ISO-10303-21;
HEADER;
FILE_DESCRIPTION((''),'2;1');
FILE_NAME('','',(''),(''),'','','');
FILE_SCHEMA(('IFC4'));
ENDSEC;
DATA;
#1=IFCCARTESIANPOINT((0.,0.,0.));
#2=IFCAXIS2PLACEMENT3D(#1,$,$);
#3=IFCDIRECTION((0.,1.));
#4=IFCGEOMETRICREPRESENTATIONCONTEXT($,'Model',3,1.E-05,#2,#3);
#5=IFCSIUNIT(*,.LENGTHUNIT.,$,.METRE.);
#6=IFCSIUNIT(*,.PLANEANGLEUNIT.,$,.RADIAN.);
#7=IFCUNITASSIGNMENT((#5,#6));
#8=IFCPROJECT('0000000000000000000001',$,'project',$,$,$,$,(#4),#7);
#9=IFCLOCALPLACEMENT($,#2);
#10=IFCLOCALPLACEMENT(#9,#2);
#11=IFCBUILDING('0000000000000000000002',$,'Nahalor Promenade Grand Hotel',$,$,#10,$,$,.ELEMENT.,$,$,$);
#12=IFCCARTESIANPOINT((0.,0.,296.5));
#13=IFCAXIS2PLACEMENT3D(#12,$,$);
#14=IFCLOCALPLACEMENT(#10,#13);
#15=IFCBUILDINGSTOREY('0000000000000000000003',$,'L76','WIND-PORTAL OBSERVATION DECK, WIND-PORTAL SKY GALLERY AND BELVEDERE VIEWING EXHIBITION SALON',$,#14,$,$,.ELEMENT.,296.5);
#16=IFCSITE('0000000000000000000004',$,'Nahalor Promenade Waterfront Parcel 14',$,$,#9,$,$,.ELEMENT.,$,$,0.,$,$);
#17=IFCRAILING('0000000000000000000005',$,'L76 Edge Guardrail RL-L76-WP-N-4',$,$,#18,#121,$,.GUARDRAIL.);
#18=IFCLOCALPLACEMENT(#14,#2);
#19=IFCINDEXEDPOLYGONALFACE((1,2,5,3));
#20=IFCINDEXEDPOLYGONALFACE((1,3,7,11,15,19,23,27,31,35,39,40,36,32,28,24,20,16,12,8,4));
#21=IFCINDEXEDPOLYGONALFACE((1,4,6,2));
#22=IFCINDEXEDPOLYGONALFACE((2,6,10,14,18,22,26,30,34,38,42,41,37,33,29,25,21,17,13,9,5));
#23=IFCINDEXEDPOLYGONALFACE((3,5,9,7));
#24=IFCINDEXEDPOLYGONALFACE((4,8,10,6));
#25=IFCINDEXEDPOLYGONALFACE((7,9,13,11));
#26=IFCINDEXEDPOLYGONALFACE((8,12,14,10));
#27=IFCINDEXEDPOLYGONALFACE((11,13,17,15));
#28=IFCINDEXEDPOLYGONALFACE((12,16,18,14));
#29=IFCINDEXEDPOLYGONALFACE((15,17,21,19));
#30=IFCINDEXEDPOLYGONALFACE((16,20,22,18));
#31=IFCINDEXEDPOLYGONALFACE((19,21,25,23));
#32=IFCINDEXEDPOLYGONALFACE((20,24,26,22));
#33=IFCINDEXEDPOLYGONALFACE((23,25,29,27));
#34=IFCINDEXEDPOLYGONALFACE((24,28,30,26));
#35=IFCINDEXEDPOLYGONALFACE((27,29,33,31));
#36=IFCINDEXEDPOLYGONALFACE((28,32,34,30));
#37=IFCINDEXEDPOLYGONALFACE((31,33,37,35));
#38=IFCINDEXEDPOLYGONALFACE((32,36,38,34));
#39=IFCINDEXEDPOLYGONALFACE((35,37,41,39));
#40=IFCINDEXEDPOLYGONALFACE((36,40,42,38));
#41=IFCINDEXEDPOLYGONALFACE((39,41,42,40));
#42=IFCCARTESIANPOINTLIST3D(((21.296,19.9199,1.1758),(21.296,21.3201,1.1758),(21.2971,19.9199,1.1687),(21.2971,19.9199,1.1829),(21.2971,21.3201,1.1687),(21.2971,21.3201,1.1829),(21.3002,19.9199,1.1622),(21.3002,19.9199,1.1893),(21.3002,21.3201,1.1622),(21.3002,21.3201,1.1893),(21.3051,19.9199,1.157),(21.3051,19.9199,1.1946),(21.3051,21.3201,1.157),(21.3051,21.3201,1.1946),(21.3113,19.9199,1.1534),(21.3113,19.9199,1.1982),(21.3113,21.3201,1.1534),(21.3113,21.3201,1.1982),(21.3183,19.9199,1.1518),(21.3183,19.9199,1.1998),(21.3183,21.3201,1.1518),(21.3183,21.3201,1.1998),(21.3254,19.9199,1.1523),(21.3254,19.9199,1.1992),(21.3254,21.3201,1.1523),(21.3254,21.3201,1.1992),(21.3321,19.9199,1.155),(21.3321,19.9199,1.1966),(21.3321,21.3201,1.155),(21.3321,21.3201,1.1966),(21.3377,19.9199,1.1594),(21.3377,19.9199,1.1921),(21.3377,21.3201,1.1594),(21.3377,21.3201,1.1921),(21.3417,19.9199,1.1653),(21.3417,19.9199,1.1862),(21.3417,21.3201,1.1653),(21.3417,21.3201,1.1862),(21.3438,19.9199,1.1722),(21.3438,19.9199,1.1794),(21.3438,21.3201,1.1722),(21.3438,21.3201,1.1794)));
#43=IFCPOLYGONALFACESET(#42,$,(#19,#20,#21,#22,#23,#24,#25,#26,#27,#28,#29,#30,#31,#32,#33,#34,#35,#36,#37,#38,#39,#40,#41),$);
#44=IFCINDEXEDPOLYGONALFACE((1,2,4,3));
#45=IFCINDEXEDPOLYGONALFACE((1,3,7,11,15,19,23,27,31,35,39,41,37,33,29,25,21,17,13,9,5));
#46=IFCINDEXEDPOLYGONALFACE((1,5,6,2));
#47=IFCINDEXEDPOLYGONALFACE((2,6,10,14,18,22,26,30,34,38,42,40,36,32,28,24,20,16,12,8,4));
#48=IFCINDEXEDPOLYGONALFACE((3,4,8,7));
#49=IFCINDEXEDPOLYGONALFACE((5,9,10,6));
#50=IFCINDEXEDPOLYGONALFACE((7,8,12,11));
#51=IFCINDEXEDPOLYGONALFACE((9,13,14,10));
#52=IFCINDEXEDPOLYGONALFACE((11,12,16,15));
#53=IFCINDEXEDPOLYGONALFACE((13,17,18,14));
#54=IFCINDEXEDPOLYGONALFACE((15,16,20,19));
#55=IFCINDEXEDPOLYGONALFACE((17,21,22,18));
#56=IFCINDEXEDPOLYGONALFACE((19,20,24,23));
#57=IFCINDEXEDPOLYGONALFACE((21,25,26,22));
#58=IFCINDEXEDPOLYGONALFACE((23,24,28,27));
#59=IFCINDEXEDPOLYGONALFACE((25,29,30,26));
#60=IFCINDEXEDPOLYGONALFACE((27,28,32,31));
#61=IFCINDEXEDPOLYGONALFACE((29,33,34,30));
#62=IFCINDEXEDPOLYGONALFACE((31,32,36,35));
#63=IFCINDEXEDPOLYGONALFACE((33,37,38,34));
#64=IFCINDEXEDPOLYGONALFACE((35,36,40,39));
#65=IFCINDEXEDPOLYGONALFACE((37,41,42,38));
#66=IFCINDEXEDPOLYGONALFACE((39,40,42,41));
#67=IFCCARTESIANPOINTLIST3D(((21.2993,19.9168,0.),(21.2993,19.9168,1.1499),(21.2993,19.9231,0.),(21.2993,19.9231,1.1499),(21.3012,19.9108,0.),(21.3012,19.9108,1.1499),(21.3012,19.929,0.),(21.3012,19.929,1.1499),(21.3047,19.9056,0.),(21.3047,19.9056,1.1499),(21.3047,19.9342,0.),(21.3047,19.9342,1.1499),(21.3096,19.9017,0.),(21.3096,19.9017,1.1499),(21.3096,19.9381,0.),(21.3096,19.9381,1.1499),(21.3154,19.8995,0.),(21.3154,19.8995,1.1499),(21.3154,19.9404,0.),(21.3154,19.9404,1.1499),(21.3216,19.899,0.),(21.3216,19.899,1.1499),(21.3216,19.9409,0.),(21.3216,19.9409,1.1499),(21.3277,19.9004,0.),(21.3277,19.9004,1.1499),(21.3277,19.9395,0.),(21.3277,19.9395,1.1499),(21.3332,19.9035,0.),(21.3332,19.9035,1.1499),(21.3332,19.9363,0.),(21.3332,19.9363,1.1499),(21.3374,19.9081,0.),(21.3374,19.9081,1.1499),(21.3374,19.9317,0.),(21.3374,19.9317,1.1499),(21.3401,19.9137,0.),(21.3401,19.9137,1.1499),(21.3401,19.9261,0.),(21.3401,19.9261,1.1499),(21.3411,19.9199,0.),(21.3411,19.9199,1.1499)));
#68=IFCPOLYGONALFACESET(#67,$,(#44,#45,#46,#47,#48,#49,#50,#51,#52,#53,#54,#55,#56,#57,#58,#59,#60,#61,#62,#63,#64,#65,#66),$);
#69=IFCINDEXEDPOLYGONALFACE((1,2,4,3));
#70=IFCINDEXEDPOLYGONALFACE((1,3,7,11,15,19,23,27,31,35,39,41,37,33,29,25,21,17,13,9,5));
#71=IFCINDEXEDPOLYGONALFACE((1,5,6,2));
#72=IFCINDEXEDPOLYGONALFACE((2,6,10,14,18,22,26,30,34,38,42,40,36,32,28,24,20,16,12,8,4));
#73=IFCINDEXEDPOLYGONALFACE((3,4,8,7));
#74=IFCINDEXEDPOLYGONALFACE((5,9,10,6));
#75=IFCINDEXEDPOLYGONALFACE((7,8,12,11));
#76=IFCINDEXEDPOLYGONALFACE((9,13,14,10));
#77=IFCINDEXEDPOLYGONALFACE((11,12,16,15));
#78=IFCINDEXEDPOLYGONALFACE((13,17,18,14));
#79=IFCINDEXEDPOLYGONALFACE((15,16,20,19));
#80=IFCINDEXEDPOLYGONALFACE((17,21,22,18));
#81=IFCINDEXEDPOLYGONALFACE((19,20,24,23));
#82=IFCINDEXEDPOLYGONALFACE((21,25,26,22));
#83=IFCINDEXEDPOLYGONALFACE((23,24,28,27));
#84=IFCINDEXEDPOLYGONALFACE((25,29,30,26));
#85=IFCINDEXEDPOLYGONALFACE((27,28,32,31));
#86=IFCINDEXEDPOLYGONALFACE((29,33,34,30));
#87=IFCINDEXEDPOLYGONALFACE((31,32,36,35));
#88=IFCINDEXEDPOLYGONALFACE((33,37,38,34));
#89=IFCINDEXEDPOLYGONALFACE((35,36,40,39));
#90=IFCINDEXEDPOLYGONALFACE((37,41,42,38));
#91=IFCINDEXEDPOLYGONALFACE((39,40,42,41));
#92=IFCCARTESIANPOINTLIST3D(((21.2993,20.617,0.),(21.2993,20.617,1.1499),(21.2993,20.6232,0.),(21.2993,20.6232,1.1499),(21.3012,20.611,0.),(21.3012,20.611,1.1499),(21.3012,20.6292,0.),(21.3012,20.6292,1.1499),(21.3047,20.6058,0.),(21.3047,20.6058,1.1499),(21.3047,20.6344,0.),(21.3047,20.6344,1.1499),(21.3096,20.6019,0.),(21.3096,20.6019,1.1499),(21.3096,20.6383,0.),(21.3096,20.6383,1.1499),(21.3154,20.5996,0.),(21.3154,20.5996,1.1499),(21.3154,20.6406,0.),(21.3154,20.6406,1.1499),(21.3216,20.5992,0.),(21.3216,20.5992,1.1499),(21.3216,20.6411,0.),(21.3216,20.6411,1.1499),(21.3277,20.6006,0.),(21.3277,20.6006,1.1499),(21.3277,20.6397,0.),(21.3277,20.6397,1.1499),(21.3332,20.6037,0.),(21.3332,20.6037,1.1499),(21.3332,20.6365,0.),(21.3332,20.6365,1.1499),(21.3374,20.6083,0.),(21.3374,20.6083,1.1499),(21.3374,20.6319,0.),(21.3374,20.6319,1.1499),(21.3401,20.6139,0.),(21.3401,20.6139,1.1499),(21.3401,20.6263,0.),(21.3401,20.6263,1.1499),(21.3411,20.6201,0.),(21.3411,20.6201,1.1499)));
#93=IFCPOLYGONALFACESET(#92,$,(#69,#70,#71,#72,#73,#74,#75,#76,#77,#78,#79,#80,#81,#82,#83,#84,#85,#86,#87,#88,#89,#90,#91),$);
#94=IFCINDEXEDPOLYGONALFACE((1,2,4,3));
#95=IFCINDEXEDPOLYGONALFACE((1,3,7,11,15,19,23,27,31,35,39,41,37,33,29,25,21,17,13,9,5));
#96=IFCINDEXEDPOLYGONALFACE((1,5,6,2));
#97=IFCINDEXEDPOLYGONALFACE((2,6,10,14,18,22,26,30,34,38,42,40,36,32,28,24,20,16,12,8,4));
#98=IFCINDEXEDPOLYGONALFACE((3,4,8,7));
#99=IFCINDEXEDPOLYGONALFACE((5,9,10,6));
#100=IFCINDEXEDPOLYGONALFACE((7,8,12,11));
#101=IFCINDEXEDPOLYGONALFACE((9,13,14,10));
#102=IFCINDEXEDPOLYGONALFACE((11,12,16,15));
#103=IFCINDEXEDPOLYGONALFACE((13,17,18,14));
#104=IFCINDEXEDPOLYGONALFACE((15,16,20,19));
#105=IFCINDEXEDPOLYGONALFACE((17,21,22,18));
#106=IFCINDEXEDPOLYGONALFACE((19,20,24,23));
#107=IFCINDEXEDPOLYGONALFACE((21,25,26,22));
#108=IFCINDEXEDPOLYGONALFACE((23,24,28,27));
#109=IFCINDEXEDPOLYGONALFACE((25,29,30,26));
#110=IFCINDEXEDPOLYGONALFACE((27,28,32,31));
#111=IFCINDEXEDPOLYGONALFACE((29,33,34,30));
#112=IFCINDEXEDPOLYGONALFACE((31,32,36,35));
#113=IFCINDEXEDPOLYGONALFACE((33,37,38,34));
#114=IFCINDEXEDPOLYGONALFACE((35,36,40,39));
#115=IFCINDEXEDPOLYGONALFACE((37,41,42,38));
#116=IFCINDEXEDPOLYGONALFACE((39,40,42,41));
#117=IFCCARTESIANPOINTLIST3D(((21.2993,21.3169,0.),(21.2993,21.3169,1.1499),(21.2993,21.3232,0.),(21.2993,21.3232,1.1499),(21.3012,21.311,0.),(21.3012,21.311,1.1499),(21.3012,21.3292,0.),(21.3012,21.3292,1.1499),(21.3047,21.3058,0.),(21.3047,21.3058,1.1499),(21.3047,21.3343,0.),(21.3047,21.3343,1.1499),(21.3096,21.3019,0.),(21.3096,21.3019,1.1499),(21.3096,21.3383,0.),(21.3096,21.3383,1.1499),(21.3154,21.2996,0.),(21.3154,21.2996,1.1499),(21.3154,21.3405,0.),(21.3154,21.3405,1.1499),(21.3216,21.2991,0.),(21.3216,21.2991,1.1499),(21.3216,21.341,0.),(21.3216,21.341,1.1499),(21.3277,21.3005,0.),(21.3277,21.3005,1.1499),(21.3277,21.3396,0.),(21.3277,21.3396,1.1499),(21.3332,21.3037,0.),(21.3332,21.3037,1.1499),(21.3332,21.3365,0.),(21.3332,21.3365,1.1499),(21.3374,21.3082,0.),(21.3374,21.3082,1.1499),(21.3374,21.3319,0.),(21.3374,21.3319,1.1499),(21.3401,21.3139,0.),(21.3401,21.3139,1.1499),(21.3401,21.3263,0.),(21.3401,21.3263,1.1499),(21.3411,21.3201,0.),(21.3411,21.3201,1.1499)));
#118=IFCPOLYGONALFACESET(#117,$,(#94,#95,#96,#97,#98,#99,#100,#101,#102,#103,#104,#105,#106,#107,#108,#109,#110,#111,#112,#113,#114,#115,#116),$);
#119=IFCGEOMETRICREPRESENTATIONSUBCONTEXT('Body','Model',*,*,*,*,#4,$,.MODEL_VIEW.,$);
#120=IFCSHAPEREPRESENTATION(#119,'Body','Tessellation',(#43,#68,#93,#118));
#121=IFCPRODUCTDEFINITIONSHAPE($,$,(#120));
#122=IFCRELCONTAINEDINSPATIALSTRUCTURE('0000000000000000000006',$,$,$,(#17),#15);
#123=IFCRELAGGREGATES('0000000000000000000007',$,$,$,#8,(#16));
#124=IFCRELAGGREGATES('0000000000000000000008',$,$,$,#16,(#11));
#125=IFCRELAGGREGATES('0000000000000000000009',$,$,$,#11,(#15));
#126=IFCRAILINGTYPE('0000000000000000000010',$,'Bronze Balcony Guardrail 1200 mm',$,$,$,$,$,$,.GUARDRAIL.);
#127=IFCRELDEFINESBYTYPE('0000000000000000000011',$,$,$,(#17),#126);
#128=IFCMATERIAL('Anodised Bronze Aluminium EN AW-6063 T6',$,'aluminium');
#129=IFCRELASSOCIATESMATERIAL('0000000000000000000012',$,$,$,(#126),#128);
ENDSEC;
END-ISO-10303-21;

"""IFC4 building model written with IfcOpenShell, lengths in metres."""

from ifc_helpers import new_model, si_unit, direction, frame, origin, origin_2d, place, context, subcontext, project, spatial, circle, extrude, material, type_object, element, save


model = new_model("IFC4")

# Units and contexts
model_context = context("Model", 3, precision=1e-05, world=origin(), true_north=direction((0.0, 1.0)))
body_context = subcontext(model_context, "Body", "Model", "MODEL_VIEW")
ifc_project = project(units=[si_unit("LENGTHUNIT", "METRE"), si_unit("PLANEANGLEUNIT", "RADIAN")], contexts=[model_context])

# Site, building, storey
site_placement = place(None, origin())
site = spatial("IfcSite", under=ifc_project, at=site_placement, Name="Nahalor Promenade Waterfront Parcel 14", CompositionType="ELEMENT", RefElevation=0.0)
building_placement = place(site_placement, origin())
building = spatial("IfcBuilding", under=site, at=building_placement, Name="Nahalor Promenade Grand Hotel", CompositionType="ELEMENT")
storey_placement = place(building_placement, frame((0.0, 0.0, 296.5)))
storey = spatial("IfcBuildingStorey", under=building, at=storey_placement, Name="L76", Description="WIND-PORTAL OBSERVATION DECK, WIND-PORTAL SKY GALLERY AND BELVEDERE VIEWING EXHIBITION SALON", CompositionType="ELEMENT", Elevation=296.5)

# Railing
ifc_material_1 = material(Name="Anodised Bronze Aluminium EN AW-6063 T6", Category="aluminium")
railing_type = type_object("IfcRailingType", Name="Bronze Balcony Guardrail 1200 mm", PredefinedType="GUARDRAIL", material=ifc_material_1)
railing_1_placement = place(storey_placement, frame((21.3201, 19.9199, 0.0)))
element("IfcRailing", 1, at=railing_1_placement, inside=storey, type_object=railing_type, Name="L76 Edge Guardrail RL-L76-WP-N-4", PredefinedType="GUARDRAIL", context=body_context, shape_type="SweptSolid", body=[
    extrude(circle(Radius=0.024, at=origin_2d()), frame((0.0, 0.0, 1.1758), z_axis=(0.0, 1.0, 0.0), x_axis=(-1.0, 0.0, 0.0)), (0.0, 0.0, 1.0), 1.4001),
    extrude(circle(Radius=0.021, at=origin_2d()), origin(), (0.0, 0.0, 1.0), 1.1499),
    extrude(circle(Radius=0.021, at=origin_2d()), frame((0.0, 0.7002, 0.0)), (0.0, 0.0, 1.0), 1.1499),
    extrude(circle(Radius=0.021, at=origin_2d()), frame((0.0, 1.4001, 0.0)), (0.0, 0.0, 1.0), 1.1499),
])

save(model, "model.ifc")
